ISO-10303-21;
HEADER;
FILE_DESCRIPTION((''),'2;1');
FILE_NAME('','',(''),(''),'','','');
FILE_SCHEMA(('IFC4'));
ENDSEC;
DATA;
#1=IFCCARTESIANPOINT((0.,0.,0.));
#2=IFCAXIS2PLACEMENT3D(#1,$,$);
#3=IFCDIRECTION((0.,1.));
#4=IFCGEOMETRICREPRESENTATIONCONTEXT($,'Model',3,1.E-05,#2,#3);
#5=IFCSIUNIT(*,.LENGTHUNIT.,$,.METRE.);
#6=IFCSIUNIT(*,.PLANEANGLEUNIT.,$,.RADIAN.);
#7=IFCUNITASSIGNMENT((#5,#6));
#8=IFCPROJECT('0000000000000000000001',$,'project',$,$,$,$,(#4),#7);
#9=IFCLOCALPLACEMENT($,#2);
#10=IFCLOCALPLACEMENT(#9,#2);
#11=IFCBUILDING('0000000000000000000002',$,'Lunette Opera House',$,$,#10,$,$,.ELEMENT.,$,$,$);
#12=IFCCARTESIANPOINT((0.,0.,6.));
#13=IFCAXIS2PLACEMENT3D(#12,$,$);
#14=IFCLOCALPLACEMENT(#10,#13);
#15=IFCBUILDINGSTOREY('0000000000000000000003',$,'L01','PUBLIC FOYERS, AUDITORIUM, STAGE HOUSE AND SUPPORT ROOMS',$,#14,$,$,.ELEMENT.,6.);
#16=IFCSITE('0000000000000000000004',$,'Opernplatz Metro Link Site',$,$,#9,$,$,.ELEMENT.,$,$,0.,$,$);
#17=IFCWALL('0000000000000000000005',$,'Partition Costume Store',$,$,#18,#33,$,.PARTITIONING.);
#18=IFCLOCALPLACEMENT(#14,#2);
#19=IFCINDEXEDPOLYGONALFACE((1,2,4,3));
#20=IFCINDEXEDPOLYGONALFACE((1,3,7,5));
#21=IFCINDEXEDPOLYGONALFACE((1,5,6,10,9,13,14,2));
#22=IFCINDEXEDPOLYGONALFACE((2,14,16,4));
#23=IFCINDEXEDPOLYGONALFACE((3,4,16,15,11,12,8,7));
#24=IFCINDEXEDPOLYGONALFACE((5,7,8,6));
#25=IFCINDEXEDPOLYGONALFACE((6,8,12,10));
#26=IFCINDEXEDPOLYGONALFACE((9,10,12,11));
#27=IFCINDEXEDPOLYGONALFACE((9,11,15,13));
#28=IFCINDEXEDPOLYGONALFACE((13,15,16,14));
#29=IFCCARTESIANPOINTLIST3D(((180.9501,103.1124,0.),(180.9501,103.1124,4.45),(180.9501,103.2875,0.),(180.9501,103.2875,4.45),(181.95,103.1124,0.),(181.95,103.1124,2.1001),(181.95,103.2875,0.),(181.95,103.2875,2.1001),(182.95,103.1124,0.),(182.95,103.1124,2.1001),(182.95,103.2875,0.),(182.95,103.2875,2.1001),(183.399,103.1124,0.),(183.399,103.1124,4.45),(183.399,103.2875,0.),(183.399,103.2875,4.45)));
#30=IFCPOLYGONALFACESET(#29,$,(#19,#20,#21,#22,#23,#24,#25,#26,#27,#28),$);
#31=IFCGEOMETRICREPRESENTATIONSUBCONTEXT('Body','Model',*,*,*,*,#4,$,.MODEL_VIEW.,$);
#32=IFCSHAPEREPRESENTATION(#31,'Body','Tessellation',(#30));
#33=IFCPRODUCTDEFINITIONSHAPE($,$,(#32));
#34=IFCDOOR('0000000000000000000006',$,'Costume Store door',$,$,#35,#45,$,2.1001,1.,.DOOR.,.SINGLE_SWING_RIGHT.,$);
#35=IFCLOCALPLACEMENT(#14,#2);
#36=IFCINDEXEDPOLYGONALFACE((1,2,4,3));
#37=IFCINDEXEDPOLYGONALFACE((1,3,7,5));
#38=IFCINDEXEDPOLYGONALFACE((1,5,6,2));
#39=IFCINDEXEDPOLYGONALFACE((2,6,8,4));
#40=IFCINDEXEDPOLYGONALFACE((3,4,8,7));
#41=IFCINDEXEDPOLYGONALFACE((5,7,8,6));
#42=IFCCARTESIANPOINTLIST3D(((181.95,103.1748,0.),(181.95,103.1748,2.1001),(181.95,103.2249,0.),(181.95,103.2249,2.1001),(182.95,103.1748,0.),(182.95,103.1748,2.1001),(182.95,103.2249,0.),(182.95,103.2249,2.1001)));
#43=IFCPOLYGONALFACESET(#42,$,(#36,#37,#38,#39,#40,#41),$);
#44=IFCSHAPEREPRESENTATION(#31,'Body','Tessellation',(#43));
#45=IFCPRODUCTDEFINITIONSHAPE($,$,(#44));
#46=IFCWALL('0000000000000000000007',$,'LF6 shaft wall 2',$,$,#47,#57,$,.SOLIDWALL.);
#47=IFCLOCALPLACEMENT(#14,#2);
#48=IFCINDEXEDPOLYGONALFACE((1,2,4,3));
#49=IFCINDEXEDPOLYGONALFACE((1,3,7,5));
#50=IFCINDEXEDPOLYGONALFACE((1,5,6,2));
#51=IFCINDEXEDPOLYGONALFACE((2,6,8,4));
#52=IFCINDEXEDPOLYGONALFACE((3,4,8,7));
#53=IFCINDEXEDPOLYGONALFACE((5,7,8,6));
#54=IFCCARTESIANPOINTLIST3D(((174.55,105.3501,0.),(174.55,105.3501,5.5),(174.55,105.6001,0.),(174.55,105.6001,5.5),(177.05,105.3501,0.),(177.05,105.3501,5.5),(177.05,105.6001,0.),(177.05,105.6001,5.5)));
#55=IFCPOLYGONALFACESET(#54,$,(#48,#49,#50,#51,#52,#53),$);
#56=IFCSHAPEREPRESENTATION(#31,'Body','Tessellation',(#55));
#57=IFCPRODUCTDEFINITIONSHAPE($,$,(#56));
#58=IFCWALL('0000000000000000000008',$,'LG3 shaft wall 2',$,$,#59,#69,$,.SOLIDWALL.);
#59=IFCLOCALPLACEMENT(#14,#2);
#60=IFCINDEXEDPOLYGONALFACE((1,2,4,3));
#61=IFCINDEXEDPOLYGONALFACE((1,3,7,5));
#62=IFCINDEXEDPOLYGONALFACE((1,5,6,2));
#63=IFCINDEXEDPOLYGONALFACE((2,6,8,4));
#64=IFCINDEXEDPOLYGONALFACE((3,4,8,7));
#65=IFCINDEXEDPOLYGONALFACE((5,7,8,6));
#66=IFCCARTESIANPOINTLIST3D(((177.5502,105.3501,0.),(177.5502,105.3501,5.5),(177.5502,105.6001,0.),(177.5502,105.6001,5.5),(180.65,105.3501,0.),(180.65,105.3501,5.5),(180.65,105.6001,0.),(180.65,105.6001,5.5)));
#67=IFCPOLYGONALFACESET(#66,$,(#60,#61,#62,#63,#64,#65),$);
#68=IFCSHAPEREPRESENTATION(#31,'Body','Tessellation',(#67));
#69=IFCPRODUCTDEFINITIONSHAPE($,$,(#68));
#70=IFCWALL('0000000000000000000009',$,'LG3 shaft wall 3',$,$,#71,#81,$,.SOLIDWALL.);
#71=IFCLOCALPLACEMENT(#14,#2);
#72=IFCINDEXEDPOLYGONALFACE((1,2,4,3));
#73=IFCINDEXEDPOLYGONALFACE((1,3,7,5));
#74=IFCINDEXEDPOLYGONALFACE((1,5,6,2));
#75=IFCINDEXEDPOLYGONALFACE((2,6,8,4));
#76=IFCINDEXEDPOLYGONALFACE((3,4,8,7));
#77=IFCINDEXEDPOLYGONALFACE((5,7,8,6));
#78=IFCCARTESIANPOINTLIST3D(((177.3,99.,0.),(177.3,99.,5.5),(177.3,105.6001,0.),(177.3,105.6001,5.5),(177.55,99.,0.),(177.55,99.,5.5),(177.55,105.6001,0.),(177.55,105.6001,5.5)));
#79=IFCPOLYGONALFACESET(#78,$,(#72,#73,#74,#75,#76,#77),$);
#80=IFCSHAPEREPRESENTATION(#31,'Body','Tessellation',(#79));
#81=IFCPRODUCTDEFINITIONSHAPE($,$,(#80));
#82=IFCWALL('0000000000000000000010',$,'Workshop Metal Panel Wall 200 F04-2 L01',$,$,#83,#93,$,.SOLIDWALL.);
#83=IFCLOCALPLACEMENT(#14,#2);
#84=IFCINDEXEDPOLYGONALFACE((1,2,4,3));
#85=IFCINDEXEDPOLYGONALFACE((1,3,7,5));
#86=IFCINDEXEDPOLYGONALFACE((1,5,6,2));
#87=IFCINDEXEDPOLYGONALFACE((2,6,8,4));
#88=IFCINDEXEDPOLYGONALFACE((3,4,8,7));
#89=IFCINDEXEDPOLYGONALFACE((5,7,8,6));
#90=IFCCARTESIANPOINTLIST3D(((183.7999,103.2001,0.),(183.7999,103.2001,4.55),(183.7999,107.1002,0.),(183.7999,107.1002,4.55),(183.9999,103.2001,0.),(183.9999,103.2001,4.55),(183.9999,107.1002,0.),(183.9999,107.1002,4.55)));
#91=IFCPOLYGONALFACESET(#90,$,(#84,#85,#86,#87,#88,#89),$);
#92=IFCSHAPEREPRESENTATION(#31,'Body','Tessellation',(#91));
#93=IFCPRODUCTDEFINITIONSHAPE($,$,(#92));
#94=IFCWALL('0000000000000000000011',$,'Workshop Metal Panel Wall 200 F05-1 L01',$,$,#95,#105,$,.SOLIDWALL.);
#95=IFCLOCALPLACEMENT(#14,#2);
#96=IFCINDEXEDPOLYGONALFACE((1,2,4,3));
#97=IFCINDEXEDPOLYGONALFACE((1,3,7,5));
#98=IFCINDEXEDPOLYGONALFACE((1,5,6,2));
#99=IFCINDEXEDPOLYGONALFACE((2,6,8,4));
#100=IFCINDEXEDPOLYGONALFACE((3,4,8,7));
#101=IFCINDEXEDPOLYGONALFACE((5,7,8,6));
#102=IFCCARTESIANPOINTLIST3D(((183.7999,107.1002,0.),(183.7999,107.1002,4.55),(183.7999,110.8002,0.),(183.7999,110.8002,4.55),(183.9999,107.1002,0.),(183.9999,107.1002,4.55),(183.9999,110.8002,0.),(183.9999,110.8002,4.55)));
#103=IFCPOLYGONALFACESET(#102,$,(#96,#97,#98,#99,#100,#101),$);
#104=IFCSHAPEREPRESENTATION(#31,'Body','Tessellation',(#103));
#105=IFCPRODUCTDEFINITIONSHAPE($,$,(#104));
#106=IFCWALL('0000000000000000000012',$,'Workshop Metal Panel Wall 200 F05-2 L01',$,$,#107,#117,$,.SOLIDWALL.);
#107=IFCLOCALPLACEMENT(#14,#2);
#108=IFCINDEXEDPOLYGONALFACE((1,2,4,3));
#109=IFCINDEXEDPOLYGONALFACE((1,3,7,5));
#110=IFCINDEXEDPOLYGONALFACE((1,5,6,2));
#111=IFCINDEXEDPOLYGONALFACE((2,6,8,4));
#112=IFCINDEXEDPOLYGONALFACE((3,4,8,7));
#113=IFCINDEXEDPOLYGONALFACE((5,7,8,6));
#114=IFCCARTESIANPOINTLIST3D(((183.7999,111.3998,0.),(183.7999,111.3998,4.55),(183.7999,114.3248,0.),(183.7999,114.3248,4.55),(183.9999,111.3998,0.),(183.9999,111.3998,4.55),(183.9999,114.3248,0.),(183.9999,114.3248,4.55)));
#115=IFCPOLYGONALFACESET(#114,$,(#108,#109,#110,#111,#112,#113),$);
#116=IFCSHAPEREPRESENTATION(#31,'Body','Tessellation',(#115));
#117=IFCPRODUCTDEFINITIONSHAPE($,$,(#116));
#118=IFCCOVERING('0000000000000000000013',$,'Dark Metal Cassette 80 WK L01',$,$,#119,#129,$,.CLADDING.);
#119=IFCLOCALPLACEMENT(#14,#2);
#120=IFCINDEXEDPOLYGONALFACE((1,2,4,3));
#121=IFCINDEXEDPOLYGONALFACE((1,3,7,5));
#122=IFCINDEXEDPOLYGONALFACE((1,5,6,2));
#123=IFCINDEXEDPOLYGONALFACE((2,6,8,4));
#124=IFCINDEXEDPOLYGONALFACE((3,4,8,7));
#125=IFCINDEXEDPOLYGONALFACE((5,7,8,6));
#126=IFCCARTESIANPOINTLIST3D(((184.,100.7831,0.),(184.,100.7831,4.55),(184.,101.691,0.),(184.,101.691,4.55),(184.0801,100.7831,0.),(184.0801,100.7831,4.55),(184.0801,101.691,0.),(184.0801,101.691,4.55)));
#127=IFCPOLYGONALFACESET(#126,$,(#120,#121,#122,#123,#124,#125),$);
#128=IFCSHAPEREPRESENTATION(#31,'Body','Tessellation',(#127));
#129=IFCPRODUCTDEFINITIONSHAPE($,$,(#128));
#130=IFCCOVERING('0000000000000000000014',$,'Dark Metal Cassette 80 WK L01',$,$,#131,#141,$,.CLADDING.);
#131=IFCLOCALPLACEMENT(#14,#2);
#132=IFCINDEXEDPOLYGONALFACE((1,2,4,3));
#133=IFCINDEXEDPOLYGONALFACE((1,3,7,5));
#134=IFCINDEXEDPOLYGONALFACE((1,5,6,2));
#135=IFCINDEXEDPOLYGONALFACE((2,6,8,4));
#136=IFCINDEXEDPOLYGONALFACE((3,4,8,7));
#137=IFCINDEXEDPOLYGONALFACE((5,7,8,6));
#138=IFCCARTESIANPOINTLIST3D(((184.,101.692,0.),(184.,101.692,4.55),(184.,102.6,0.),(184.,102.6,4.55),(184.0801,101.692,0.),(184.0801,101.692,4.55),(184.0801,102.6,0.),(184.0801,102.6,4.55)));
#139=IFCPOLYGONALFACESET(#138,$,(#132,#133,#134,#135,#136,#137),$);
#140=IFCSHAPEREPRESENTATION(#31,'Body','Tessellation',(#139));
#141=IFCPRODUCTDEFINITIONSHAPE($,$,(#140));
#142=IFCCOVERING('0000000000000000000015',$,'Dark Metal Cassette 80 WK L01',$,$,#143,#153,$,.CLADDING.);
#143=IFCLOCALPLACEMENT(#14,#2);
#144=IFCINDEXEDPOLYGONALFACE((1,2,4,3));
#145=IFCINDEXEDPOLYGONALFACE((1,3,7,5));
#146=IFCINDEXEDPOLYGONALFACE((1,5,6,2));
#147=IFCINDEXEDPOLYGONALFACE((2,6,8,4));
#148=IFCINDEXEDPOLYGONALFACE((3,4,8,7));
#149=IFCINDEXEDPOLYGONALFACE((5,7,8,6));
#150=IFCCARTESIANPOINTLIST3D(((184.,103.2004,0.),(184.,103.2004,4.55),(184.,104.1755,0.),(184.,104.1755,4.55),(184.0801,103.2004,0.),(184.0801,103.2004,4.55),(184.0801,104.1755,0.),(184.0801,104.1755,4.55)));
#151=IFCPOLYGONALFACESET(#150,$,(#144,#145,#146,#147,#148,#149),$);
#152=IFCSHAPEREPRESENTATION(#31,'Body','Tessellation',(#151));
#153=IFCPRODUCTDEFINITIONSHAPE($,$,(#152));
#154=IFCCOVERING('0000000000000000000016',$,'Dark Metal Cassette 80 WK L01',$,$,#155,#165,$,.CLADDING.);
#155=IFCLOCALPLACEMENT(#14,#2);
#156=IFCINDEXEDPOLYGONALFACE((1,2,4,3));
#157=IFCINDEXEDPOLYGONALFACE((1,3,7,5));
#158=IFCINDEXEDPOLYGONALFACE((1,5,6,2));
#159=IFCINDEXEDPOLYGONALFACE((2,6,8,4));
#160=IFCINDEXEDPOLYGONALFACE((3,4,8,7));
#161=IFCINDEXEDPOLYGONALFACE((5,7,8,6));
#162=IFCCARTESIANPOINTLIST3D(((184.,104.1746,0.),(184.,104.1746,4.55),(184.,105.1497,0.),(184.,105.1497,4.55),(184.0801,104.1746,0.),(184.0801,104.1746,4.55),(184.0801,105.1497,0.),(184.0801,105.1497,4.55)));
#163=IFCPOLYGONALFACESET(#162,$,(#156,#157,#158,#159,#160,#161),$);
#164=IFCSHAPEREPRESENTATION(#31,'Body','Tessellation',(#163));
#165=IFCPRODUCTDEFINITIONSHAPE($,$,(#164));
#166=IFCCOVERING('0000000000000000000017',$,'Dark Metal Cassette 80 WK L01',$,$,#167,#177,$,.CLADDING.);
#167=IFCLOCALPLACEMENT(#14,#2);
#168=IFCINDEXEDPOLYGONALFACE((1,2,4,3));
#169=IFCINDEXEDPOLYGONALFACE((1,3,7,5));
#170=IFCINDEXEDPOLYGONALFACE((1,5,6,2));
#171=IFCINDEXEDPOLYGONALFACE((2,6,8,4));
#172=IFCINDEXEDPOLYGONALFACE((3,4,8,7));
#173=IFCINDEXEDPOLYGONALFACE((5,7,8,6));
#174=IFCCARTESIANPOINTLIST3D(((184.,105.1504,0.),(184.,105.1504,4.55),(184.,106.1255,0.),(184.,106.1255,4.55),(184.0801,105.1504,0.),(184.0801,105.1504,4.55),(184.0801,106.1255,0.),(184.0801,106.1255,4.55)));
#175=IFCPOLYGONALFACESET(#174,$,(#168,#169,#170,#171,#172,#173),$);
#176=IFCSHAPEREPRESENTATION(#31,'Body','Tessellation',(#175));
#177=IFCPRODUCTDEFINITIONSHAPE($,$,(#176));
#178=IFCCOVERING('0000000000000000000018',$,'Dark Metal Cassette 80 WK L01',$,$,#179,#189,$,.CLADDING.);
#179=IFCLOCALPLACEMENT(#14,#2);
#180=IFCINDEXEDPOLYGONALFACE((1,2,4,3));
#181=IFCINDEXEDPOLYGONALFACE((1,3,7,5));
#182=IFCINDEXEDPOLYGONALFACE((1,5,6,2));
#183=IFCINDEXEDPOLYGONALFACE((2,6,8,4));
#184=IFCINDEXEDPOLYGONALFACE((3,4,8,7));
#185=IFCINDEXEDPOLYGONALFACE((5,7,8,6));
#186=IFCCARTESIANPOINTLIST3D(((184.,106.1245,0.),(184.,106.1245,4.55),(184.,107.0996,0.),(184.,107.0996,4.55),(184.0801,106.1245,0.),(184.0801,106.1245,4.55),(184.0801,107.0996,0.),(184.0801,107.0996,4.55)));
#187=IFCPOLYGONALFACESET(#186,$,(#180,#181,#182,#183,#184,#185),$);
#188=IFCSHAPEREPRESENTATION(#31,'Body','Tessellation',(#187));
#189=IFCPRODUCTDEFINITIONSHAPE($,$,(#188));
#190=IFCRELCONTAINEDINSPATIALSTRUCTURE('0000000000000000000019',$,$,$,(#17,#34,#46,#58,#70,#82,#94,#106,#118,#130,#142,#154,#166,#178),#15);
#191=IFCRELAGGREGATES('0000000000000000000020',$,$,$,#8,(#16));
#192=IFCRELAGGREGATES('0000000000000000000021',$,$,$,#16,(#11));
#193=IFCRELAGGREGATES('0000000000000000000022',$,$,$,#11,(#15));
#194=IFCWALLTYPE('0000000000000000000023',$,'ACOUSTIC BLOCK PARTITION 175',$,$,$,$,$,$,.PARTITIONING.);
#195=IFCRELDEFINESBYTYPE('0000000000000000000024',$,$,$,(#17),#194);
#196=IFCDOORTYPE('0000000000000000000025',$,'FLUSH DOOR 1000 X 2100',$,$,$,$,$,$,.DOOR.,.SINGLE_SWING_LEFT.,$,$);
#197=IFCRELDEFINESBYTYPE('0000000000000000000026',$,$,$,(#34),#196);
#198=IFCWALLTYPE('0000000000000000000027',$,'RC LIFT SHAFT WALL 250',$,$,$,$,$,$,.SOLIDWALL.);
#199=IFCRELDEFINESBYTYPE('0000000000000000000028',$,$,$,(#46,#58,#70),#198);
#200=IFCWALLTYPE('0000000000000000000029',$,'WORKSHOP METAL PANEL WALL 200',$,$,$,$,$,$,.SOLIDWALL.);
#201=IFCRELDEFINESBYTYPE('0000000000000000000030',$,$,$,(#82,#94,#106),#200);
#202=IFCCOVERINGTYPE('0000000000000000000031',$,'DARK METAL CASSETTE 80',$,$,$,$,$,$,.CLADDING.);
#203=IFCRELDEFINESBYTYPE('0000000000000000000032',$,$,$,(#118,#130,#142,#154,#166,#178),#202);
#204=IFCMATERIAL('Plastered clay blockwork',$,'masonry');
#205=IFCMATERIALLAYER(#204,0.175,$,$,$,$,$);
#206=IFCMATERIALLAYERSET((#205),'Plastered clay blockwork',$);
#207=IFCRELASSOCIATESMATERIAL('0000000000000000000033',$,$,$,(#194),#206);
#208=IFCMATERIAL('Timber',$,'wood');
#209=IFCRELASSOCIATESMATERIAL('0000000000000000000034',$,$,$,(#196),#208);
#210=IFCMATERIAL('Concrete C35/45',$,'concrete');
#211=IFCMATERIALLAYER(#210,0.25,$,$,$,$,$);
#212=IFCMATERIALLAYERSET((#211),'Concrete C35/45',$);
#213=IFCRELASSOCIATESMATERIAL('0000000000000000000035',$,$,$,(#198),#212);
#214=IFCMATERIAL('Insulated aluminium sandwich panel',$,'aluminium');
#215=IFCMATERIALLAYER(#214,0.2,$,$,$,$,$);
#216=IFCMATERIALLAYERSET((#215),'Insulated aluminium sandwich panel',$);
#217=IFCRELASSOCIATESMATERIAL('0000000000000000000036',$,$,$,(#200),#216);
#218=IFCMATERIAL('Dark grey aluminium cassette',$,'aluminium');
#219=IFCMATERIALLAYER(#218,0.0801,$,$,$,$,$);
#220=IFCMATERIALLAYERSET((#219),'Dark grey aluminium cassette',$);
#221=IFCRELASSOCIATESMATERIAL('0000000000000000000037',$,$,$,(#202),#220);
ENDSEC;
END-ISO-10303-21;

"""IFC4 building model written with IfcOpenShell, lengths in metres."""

from ifc_helpers import new_model, si_unit, direction, frame, frame_2d, origin, origin_2d, place, context, subcontext, project, spatial, rectangle, extrude, material, layer, layer_set, type_object, element, fill, save


model = new_model("IFC4")

# Units and contexts
model_context = context("Model", 3, precision=1e-05, world=origin(), true_north=direction((0.0, 1.0)))
body_context = subcontext(model_context, "Body", "Model", "MODEL_VIEW")
ifc_project = project(units=[si_unit("LENGTHUNIT", "METRE"), si_unit("PLANEANGLEUNIT", "RADIAN")], contexts=[model_context])

# Site, building, storey
site_placement = place(None, origin())
site = spatial("IfcSite", under=ifc_project, at=site_placement, Name="Opernplatz Metro Link Site", CompositionType="ELEMENT", RefElevation=0.0)
building_placement = place(site_placement, origin())
building = spatial("IfcBuilding", under=site, at=building_placement, Name="Lunette Opera House", CompositionType="ELEMENT")
storey_placement = place(building_placement, frame((0.0, 0.0, 6.0)))
storey = spatial("IfcBuildingStorey", under=building, at=storey_placement, Name="L01", Description="PUBLIC FOYERS, AUDITORIUM, STAGE HOUSE AND SUPPORT ROOMS", CompositionType="ELEMENT", Elevation=6.0)

# Wall, opening, door
ifc_material_1 = material(Name="Plastered clay blockwork", Category="masonry")
ifc_layer_1 = layer(ifc_material_1, 0.175)
ifc_layer_set_1 = layer_set([ifc_layer_1], Name="Plastered clay blockwork")
wall_type_1 = type_object("IfcWallType", Name="ACOUSTIC BLOCK PARTITION 175", PredefinedType="PARTITIONING", material=ifc_layer_set_1)
wall_1_placement = place(storey_placement, frame((180.95, 103.2, 0.0), z_axis=(0.0, 0.0, 1.0), x_axis=(1.0, 0.0, 0.0)))
wall_1 = element("IfcWall", 1, at=wall_1_placement, inside=storey, type_object=wall_type_1, Name="Partition Costume Store", PredefinedType="PARTITIONING", context=body_context, shape_type="SweptSolid", body=[
    extrude(rectangle(XDim=2.449, YDim=0.175, at=frame_2d((1.2246, 0.0))), origin(), (0.0, 0.0, 1.0), 4.45),
])
opening_placement = place(wall_1_placement, frame((1.0, 0.0, 0.0)))
opening = element("IfcOpeningElement", 2, at=opening_placement, cuts=wall_1, PredefinedType="OPENING", context=body_context, shape_type="SweptSolid", body=[
    extrude(rectangle(XDim=1.0, YDim=2.1001, at=frame_2d((0.5, 1.05))), frame((0.0, 0.0996, 0.0), z_axis=(0.0, -1.0, 0.0), x_axis=(1.0, 0.0, 0.0)), (0.0, 0.0, 1.0), 0.199),
])
ifc_material_2 = material(Name="Timber", Category="wood")
door_type = type_object("IfcDoorType", Name="FLUSH DOOR 1000 X 2100", OperationType="SINGLE_SWING_LEFT", PredefinedType="DOOR", material=ifc_material_2)
door_placement = place(opening_placement, origin())
door = element("IfcDoor", 3, at=door_placement, inside=storey, type_object=door_type, Name="Costume Store door", OperationType="SINGLE_SWING_RIGHT", OverallHeight=2.1001, OverallWidth=1.0, PredefinedType="DOOR", context=body_context, shape_type="SweptSolid", body=[
    extrude(rectangle(XDim=1.0, YDim=2.1001, at=frame_2d((0.5, 1.05))), frame((0.0, 0.0249, 0.0), z_axis=(0.0, -1.0, 0.0), x_axis=(1.0, 0.0, 0.0)), (0.0, 0.0, 1.0), 0.05),
])
fill(opening, door)

# Walls
ifc_material_3 = material(Name="Concrete C35/45", Category="concrete")
ifc_layer_2 = layer(ifc_material_3, 0.25)
ifc_layer_set_2 = layer_set([ifc_layer_2], Name="Concrete C35/45")
wall_type_2 = type_object("IfcWallType", Name="RC LIFT SHAFT WALL 250", PredefinedType="SOLIDWALL", material=ifc_layer_set_2)
wall_2_placement = place(storey_placement, frame((177.05, 105.4751, 0.0), z_axis=(0.0, 0.0, 1.0), x_axis=(-1.0, 0.0, 0.0)))
element("IfcWall", 4, at=wall_2_placement, inside=storey, type_object=wall_type_2, Name="LF6 shaft wall 2", PredefinedType="SOLIDWALL", context=body_context, shape_type="SweptSolid", body=[
    extrude(rectangle(XDim=2.5, YDim=0.25, at=frame_2d((1.25, 0.0))), origin(), (0.0, 0.0, 1.0), 5.5),
])
wall_3_placement = place(storey_placement, frame((180.6499, 105.4751, 0.0), z_axis=(0.0, 0.0, 1.0), x_axis=(-1.0, 0.0, 0.0)))
element("IfcWall", 5, at=wall_3_placement, inside=storey, type_object=wall_type_2, Name="LG3 shaft wall 2", PredefinedType="SOLIDWALL", context=body_context, shape_type="SweptSolid", body=[
    extrude(rectangle(XDim=3.0999, YDim=0.25, at=frame_2d((1.5498, 0.0))), origin(), (0.0, 0.0, 1.0), 5.5),
])
wall_4_placement = place(storey_placement, frame((177.425, 105.6001, 0.0), z_axis=(0.0, 0.0, 1.0), x_axis=(0.0, -1.0, 0.0)))
element("IfcWall", 6, at=wall_4_placement, inside=storey, type_object=wall_type_2, Name="LG3 shaft wall 3", PredefinedType="SOLIDWALL", context=body_context, shape_type="SweptSolid", body=[
    extrude(rectangle(XDim=6.6001, YDim=0.25, at=frame_2d((3.3, 0.0))), origin(), (0.0, 0.0, 1.0), 5.5),
])
ifc_material_4 = material(Name="Insulated aluminium sandwich panel", Category="aluminium")
ifc_layer_3 = layer(ifc_material_4, 0.2)
ifc_layer_set_3 = layer_set([ifc_layer_3], Name="Insulated aluminium sandwich panel")
wall_type_3 = type_object("IfcWallType", Name="WORKSHOP METAL PANEL WALL 200", PredefinedType="SOLIDWALL", material=ifc_layer_set_3)
wall_5_placement = place(storey_placement, frame((183.8999, 103.2, 0.0), z_axis=(0.0, 0.0, 1.0), x_axis=(0.0, 1.0, 0.0)))
element("IfcWall", 7, at=wall_5_placement, inside=storey, type_object=wall_type_3, Name="Workshop Metal Panel Wall 200 F04-2 L01", PredefinedType="SOLIDWALL", context=body_context, shape_type="SweptSolid", body=[
    extrude(rectangle(XDim=3.9001, YDim=0.2, at=frame_2d((1.9502, 0.0))), origin(), (0.0, 0.0, 1.0), 4.55),
])
wall_6_placement = place(storey_placement, frame((183.8999, 107.1001, 0.0), z_axis=(0.0, 0.0, 1.0), x_axis=(0.0, 1.0, 0.0)))
element("IfcWall", 8, at=wall_6_placement, inside=storey, type_object=wall_type_3, Name="Workshop Metal Panel Wall 200 F05-1 L01", PredefinedType="SOLIDWALL", context=body_context, shape_type="SweptSolid", body=[
    extrude(rectangle(XDim=3.7, YDim=0.2, at=frame_2d((1.8501, 0.0))), origin(), (0.0, 0.0, 1.0), 4.55),
])
wall_7_placement = place(storey_placement, frame((183.8999, 111.3999, 0.0), z_axis=(0.0, 0.0, 1.0), x_axis=(0.0, 1.0, 0.0)))
element("IfcWall", 9, at=wall_7_placement, inside=storey, type_object=wall_type_3, Name="Workshop Metal Panel Wall 200 F05-2 L01", PredefinedType="SOLIDWALL", context=body_context, shape_type="SweptSolid", body=[
    extrude(rectangle(XDim=2.925, YDim=0.2, at=frame_2d((1.4624, 0.0))), origin(), (0.0, 0.0, 1.0), 4.55),
])

# Coverings
ifc_material_5 = material(Name="Dark grey aluminium cassette", Category="aluminium")
ifc_layer_4 = layer(ifc_material_5, 0.0801)
ifc_layer_set_4 = layer_set([ifc_layer_4], Name="Dark grey aluminium cassette")
covering_type = type_object("IfcCoveringType", Name="DARK METAL CASSETTE 80", PredefinedType="CLADDING", material=ifc_layer_set_4)
for number, where, z_axis, x_axis, name in (
    (10, (184.04, 101.2371, 0.0), (0.0, 0.0, 1.0), (0.0, 1.0, 0.0), "Dark Metal Cassette 80 WK L01"),
    (11, (184.04, 102.146, 0.0), (0.0, 0.0, 1.0), (0.0, 1.0, 0.0), "Dark Metal Cassette 80 WK L01"),
):
    element("IfcCovering", number, at=place(storey_placement, frame(where, z_axis=z_axis, x_axis=x_axis)), inside=storey, type_object=covering_type, Name=name, PredefinedType="CLADDING", context=body_context, shape_type="SweptSolid", body=[
        extrude(rectangle(XDim=0.908, YDim=0.0801, at=origin_2d()), origin(), (0.0, 0.0, 1.0), 4.55),
    ])
for number, where, z_axis, x_axis, name in (
    (12, (184.04, 103.688, 0.0), (0.0, 0.0, 1.0), (0.0, 1.0, 0.0), "Dark Metal Cassette 80 WK L01"),
    (13, (184.04, 104.6621, 0.0), (0.0, 0.0, 1.0), (0.0, 1.0, 0.0), "Dark Metal Cassette 80 WK L01"),
    (14, (184.04, 105.6379, 0.0), (0.0, 0.0, 1.0), (0.0, 1.0, 0.0), "Dark Metal Cassette 80 WK L01"),
    (15, (184.04, 106.6121, 0.0), (0.0, 0.0, 1.0), (0.0, 1.0, 0.0), "Dark Metal Cassette 80 WK L01"),
):
    element("IfcCovering", number, at=place(storey_placement, frame(where, z_axis=z_axis, x_axis=x_axis)), inside=storey, type_object=covering_type, Name=name, PredefinedType="CLADDING", context=body_context, shape_type="SweptSolid", body=[
        extrude(rectangle(XDim=0.9751, YDim=0.0801, at=origin_2d()), origin(), (0.0, 0.0, 1.0), 4.55),
    ])

save(model, "model.ifc")
